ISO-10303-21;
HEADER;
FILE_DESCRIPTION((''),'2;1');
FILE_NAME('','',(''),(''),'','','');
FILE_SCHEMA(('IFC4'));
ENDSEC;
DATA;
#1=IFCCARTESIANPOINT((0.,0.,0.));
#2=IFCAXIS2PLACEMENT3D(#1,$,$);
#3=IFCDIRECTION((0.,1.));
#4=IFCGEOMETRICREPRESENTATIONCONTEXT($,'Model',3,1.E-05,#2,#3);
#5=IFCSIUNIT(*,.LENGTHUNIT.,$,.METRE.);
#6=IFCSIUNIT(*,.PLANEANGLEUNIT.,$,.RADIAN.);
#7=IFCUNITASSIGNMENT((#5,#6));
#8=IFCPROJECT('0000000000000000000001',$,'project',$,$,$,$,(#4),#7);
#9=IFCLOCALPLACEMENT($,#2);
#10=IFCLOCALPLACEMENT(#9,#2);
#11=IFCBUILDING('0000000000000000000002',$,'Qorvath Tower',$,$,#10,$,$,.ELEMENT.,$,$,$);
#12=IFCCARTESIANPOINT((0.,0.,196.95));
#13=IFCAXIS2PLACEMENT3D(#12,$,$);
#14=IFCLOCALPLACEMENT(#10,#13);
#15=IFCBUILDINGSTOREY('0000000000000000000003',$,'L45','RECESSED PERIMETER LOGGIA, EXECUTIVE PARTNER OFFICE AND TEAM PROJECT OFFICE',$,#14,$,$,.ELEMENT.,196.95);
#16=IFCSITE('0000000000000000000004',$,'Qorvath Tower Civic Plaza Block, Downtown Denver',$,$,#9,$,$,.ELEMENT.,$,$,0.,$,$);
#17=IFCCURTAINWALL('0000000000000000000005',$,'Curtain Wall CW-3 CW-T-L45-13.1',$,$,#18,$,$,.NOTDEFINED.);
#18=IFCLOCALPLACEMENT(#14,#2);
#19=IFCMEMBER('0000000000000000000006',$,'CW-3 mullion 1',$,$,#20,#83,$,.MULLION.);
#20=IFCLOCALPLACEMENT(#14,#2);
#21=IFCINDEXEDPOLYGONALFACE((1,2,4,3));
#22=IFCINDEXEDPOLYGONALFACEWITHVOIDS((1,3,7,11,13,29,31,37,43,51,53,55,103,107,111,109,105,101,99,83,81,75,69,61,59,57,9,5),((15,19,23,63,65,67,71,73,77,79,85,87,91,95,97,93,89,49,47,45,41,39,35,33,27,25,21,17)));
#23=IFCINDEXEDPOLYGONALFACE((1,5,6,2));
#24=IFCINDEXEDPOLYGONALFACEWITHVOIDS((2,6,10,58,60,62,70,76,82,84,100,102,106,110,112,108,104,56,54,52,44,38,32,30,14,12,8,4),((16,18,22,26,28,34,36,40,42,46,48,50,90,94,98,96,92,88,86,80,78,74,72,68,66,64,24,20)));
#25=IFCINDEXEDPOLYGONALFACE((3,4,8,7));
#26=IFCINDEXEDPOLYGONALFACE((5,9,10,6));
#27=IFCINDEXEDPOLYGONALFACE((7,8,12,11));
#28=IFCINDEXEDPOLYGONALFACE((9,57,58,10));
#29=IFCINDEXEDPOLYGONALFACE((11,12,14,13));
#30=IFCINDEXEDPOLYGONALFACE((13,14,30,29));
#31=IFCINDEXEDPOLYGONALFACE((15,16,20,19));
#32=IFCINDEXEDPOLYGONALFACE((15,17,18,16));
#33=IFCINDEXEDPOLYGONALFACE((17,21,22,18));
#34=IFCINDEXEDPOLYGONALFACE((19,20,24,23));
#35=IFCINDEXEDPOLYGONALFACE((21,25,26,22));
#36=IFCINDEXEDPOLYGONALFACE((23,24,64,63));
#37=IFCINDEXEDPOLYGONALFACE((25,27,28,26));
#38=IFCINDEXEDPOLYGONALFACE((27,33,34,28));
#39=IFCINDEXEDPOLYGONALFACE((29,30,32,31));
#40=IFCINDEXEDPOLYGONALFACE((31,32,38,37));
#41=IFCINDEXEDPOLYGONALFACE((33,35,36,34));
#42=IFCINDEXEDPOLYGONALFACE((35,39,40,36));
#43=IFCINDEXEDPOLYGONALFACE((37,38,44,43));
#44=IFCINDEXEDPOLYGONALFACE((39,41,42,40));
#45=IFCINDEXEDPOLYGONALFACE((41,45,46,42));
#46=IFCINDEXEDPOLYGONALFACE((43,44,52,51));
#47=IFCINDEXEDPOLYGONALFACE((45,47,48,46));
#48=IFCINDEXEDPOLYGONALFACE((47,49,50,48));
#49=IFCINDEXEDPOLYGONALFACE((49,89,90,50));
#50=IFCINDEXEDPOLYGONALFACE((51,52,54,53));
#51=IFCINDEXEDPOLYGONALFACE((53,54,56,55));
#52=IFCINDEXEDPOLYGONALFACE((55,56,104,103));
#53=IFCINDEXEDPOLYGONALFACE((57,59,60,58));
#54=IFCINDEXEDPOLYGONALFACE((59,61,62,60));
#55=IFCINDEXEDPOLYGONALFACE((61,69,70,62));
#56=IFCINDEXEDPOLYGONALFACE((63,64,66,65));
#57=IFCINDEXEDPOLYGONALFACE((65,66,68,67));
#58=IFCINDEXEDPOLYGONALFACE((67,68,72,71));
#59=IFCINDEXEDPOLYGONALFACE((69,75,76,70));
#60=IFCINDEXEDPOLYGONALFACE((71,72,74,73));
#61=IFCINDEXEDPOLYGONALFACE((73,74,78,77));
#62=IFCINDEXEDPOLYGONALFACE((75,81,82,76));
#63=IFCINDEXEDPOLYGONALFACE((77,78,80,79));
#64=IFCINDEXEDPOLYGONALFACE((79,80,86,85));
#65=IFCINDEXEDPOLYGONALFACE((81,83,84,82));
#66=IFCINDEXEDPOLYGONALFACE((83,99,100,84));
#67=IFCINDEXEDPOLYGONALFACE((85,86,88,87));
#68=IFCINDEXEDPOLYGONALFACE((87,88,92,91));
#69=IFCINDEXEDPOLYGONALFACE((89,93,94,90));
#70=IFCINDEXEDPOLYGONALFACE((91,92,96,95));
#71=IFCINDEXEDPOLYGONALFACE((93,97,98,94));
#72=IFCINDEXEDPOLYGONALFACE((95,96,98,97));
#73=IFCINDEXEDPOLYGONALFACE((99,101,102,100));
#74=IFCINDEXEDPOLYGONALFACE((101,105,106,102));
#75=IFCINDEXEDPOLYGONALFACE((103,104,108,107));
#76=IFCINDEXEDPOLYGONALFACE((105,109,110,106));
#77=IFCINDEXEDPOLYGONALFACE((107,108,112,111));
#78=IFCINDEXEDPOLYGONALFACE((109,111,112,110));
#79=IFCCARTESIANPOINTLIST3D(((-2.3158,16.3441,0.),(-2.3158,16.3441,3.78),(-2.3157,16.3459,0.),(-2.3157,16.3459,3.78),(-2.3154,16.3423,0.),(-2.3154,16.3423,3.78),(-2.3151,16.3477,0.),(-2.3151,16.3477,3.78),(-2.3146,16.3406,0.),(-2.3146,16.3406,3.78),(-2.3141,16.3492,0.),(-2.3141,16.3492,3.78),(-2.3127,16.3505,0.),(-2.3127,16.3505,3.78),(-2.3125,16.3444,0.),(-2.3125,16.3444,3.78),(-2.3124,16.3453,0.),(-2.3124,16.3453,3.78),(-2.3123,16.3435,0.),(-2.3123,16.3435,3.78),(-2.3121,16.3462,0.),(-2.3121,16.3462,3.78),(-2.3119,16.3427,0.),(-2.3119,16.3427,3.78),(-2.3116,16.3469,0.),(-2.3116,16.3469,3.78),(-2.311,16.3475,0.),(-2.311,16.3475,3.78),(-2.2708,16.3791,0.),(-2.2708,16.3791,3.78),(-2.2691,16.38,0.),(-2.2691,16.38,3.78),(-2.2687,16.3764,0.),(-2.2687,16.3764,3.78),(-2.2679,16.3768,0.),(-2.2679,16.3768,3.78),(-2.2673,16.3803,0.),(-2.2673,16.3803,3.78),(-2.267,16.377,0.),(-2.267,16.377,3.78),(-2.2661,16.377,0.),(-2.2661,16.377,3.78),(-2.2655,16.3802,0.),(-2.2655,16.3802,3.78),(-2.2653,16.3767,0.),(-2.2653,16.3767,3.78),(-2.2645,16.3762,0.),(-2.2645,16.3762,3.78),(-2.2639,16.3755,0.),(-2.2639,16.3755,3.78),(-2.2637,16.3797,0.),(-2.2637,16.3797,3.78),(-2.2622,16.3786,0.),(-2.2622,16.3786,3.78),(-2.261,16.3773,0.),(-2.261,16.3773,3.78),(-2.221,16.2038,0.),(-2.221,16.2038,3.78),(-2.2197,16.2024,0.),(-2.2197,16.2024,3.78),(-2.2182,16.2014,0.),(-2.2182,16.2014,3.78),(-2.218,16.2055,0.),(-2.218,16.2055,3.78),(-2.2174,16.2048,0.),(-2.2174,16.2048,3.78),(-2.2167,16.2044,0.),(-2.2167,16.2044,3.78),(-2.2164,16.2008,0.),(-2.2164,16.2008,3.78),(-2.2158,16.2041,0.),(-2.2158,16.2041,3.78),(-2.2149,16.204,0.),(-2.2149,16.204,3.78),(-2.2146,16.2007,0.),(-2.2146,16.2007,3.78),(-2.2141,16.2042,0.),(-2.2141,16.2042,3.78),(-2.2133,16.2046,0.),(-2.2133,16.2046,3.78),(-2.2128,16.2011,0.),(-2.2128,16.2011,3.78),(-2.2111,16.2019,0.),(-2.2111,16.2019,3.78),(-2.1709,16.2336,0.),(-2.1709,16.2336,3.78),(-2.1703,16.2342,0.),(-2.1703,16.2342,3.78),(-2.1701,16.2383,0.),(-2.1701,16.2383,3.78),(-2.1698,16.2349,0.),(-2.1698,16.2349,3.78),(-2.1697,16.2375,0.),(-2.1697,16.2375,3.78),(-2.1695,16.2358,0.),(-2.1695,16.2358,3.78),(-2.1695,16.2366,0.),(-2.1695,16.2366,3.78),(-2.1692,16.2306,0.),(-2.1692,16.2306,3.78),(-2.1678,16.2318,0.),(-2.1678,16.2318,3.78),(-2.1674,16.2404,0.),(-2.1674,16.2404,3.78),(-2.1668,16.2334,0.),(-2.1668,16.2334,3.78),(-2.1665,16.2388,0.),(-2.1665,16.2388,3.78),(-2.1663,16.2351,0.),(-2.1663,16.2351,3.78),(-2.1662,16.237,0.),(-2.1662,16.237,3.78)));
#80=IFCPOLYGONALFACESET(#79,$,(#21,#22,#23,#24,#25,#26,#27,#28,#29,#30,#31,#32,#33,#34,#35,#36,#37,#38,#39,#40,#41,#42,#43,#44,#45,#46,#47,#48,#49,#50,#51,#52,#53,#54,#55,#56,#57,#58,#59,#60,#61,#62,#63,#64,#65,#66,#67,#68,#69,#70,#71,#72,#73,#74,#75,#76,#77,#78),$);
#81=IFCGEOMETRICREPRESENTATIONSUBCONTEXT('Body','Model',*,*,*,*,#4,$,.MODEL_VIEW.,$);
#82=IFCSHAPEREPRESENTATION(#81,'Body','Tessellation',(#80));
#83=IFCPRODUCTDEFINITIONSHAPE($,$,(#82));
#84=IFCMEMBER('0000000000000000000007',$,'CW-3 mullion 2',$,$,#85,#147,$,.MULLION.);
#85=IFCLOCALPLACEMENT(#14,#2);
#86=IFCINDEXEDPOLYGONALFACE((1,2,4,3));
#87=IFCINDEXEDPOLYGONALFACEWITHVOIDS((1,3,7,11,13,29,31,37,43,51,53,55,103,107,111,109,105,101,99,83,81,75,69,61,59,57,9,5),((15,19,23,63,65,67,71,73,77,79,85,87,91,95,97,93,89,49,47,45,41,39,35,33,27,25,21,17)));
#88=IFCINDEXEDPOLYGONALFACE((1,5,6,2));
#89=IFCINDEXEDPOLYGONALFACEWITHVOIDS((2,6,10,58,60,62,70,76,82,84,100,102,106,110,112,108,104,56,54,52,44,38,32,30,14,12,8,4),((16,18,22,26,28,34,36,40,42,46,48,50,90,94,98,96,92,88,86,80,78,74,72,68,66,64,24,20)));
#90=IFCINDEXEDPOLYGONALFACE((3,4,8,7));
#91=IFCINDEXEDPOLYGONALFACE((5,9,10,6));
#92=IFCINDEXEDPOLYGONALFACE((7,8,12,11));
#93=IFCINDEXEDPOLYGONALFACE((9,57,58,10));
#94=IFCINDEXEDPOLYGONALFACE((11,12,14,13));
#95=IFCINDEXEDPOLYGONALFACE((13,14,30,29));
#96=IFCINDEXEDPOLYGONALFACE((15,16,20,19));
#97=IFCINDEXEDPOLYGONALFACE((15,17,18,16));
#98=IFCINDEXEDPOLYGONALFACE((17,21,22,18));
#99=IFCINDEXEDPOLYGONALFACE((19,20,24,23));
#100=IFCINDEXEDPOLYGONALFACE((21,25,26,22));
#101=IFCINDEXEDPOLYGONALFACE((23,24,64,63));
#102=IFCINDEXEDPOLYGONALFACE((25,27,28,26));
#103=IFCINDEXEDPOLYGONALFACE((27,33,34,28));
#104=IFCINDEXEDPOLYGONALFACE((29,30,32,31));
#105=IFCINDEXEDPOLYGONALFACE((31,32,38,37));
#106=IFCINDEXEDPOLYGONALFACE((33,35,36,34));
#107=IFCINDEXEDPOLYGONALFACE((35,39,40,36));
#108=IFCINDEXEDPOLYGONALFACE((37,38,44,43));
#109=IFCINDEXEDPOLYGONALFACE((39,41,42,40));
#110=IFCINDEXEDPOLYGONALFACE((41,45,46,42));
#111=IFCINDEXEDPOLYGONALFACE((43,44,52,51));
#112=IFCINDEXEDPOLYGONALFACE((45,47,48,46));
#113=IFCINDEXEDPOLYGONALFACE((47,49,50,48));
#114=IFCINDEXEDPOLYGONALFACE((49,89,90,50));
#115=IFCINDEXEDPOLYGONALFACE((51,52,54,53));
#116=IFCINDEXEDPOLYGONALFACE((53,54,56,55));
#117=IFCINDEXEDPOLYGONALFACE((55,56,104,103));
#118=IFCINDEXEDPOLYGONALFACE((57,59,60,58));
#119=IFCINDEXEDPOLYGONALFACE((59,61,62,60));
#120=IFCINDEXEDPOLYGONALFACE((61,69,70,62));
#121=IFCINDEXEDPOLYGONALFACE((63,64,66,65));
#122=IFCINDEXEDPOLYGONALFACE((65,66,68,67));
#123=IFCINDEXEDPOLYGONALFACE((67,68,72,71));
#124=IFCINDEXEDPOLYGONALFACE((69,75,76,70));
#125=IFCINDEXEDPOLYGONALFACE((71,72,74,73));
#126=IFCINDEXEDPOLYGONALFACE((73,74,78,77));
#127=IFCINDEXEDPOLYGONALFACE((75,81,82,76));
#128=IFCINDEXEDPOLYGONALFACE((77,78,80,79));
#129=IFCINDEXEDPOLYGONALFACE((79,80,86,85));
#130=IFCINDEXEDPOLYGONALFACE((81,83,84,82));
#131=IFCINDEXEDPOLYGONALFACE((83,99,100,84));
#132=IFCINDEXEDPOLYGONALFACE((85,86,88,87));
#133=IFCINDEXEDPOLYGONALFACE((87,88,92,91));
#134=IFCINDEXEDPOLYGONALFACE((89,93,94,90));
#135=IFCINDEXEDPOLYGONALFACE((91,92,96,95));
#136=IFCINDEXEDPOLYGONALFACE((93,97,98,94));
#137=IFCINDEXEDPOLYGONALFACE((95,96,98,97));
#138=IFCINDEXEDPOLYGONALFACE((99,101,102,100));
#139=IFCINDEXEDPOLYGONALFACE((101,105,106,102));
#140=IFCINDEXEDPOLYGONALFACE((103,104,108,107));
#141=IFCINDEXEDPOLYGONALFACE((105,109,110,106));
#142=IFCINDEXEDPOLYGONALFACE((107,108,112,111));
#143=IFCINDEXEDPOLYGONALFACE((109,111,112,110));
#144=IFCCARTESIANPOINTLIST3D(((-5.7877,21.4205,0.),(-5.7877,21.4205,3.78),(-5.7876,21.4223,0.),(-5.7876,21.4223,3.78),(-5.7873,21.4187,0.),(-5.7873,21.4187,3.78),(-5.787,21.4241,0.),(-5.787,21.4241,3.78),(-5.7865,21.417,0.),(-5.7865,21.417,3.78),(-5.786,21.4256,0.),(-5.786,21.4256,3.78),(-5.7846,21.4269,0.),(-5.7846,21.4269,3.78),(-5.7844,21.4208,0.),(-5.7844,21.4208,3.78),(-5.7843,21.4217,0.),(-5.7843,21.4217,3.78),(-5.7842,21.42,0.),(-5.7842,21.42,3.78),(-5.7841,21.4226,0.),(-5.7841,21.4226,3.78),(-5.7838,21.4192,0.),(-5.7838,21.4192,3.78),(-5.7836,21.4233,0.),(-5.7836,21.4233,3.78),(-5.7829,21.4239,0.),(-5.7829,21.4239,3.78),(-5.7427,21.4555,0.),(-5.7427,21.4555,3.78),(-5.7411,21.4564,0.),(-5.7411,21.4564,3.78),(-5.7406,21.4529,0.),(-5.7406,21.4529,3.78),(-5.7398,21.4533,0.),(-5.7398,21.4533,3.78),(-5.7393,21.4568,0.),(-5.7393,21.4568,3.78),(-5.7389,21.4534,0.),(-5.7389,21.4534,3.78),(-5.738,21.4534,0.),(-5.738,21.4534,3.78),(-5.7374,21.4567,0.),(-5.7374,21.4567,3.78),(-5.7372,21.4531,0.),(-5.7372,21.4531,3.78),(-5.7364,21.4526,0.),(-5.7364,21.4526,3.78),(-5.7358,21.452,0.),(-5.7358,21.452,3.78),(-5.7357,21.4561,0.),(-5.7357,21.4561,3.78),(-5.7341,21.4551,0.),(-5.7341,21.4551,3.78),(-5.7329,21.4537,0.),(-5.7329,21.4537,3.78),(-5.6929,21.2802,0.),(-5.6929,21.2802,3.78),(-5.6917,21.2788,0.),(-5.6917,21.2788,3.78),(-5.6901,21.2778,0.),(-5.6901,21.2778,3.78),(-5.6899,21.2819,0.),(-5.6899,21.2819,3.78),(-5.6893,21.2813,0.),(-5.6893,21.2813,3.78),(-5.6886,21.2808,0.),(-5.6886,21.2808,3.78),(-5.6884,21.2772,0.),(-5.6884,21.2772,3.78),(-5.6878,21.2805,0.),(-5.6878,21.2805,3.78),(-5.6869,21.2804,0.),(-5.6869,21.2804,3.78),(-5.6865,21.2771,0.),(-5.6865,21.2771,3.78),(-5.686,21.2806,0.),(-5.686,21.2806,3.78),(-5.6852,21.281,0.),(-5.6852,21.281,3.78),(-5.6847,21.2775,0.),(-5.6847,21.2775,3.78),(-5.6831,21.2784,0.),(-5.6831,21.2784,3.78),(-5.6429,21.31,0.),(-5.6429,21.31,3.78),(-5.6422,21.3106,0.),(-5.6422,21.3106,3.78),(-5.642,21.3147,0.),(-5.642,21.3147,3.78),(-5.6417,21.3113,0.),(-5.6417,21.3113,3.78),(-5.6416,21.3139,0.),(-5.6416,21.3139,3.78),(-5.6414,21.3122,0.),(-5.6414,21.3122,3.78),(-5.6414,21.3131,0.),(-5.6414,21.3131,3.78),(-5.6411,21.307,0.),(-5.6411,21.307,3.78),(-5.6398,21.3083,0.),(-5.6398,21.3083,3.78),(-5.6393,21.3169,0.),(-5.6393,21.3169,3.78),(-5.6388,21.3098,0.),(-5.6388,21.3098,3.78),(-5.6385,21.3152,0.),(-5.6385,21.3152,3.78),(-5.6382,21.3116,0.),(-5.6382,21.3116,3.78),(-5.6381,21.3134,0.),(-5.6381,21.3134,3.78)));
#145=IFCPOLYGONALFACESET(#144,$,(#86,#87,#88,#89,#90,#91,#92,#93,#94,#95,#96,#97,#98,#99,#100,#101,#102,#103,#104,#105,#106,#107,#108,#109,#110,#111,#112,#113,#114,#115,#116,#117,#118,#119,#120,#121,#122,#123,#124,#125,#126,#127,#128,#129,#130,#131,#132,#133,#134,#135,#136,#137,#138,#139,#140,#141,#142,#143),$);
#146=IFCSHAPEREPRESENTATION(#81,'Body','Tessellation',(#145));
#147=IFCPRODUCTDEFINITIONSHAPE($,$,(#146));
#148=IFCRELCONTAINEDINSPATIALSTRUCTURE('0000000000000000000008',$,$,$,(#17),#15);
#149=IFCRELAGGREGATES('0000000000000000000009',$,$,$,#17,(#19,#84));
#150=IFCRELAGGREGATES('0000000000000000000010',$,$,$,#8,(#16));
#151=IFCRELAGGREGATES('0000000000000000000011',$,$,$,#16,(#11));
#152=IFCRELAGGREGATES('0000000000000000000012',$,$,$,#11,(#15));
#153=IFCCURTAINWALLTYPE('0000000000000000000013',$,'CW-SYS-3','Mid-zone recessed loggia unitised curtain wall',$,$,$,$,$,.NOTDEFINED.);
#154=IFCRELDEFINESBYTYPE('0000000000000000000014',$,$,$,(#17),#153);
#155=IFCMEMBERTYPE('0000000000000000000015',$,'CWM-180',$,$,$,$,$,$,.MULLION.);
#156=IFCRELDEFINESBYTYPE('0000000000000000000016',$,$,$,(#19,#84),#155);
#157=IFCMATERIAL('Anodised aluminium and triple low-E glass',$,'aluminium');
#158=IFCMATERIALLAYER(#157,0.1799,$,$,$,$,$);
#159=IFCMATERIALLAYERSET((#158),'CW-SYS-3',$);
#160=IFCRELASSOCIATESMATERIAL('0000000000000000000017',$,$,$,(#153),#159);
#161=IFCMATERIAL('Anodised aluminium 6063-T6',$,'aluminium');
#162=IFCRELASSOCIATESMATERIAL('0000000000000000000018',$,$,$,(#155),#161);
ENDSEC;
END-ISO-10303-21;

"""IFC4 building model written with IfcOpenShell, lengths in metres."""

from ifc_helpers import new_model, si_unit, direction, frame, origin, origin_2d, place, context, subcontext, project, spatial, hollow_rectangle, extrude, material, layer, layer_set, material_profile, profile_set, type_object, element, aggregate, save


model = new_model("IFC4")

# Units and contexts
model_context = context("Model", 3, precision=1e-05, world=origin(), true_north=direction((0.0, 1.0)))
body_context = subcontext(model_context, "Body", "Model", "MODEL_VIEW")
ifc_project = project(units=[si_unit("LENGTHUNIT", "METRE"), si_unit("PLANEANGLEUNIT", "RADIAN")], contexts=[model_context])

# Site, building, storey
site_placement = place(None, origin())
site = spatial("IfcSite", under=ifc_project, at=site_placement, Name="Qorvath Tower Civic Plaza Block, Downtown Denver", CompositionType="ELEMENT", RefElevation=0.0)
building_placement = place(site_placement, origin())
building = spatial("IfcBuilding", under=site, at=building_placement, Name="Qorvath Tower", CompositionType="ELEMENT")
storey_placement = place(building_placement, frame((0.0, 0.0, 196.95)))
storey = spatial("IfcBuildingStorey", under=building, at=storey_placement, Name="L45", Description="RECESSED PERIMETER LOGGIA, EXECUTIVE PARTNER OFFICE AND TEAM PROJECT OFFICE", CompositionType="ELEMENT", Elevation=196.95)

# Shared definitions
ifc_material_1 = material(Name="Anodised aluminium and triple low-E glass", Category="aluminium")
ifc_layer_1 = layer(ifc_material_1, 0.1799)
ifc_layer_set_1 = layer_set([ifc_layer_1], Name="CW-SYS-3")
curtain_wall_type = type_object("IfcCurtainWallType", Name="CW-SYS-3", Description="Mid-zone recessed loggia unitised curtain wall", PredefinedType="NOTDEFINED", material=ifc_layer_set_1)
ifc_material_2 = material(Name="Anodised aluminium 6063-T6", Category="aluminium")
ifc_material_profile_1 = material_profile(ifc_material_2, hollow_rectangle(XDim=0.0649, YDim=0.1799, WallThickness=0.0034, InnerFilletRadius=0.0034, OuterFilletRadius=0.0071, at=origin_2d()), Name="CWM 180x65")
ifc_profile_set_1 = profile_set([ifc_material_profile_1], Name="Anodised aluminium 6063-T6")
member_type_1 = type_object("IfcMemberType", Name="CWM-180", PredefinedType="MULLION", material=ifc_profile_set_1)

# Curtain wall, members
curtain_wall_1_placement = place(storey_placement, origin())
curtain_wall_1 = element("IfcCurtainWall", 1, at=curtain_wall_1_placement, inside=storey, type_object=curtain_wall_type, Name="Curtain Wall CW-3 CW-T-L45-13.1", PredefinedType="NOTDEFINED")
member_1_placement = place(storey_placement, frame((-2.241, 16.2905, 0.0), z_axis=(0.0, 0.0, 1.0), x_axis=(-0.825425, -0.564512, 0.0)))
member_1 = element("IfcMember", 2, at=member_1_placement, type_object=member_type_1, Name="CW-3 mullion 1", PredefinedType="MULLION", context=body_context, shape_type="SweptSolid", body=[
    extrude(hollow_rectangle(XDim=0.0649, YDim=0.1799, WallThickness=0.0034, InnerFilletRadius=0.0034, OuterFilletRadius=0.0071, at=origin_2d()), origin(), (0.0, 0.0, 1.0), 3.78),
])
member_2_placement = place(storey_placement, frame((-5.7129, 21.3669, 0.0), z_axis=(0.0, 0.0, 1.0), x_axis=(-0.825425, -0.564512, 0.0)))
member_2 = element("IfcMember", 3, at=member_2_placement, type_object=member_type_1, Name="CW-3 mullion 2", PredefinedType="MULLION", context=body_context, shape_type="SweptSolid", body=[
    extrude(hollow_rectangle(XDim=0.0649, YDim=0.1799, WallThickness=0.0034, InnerFilletRadius=0.0034, OuterFilletRadius=0.0071, at=origin_2d()), origin(), (0.0, 0.0, 1.0), 3.78),
])

aggregate(curtain_wall_1, [member_1, member_2])

save(model, "model.ifc")
